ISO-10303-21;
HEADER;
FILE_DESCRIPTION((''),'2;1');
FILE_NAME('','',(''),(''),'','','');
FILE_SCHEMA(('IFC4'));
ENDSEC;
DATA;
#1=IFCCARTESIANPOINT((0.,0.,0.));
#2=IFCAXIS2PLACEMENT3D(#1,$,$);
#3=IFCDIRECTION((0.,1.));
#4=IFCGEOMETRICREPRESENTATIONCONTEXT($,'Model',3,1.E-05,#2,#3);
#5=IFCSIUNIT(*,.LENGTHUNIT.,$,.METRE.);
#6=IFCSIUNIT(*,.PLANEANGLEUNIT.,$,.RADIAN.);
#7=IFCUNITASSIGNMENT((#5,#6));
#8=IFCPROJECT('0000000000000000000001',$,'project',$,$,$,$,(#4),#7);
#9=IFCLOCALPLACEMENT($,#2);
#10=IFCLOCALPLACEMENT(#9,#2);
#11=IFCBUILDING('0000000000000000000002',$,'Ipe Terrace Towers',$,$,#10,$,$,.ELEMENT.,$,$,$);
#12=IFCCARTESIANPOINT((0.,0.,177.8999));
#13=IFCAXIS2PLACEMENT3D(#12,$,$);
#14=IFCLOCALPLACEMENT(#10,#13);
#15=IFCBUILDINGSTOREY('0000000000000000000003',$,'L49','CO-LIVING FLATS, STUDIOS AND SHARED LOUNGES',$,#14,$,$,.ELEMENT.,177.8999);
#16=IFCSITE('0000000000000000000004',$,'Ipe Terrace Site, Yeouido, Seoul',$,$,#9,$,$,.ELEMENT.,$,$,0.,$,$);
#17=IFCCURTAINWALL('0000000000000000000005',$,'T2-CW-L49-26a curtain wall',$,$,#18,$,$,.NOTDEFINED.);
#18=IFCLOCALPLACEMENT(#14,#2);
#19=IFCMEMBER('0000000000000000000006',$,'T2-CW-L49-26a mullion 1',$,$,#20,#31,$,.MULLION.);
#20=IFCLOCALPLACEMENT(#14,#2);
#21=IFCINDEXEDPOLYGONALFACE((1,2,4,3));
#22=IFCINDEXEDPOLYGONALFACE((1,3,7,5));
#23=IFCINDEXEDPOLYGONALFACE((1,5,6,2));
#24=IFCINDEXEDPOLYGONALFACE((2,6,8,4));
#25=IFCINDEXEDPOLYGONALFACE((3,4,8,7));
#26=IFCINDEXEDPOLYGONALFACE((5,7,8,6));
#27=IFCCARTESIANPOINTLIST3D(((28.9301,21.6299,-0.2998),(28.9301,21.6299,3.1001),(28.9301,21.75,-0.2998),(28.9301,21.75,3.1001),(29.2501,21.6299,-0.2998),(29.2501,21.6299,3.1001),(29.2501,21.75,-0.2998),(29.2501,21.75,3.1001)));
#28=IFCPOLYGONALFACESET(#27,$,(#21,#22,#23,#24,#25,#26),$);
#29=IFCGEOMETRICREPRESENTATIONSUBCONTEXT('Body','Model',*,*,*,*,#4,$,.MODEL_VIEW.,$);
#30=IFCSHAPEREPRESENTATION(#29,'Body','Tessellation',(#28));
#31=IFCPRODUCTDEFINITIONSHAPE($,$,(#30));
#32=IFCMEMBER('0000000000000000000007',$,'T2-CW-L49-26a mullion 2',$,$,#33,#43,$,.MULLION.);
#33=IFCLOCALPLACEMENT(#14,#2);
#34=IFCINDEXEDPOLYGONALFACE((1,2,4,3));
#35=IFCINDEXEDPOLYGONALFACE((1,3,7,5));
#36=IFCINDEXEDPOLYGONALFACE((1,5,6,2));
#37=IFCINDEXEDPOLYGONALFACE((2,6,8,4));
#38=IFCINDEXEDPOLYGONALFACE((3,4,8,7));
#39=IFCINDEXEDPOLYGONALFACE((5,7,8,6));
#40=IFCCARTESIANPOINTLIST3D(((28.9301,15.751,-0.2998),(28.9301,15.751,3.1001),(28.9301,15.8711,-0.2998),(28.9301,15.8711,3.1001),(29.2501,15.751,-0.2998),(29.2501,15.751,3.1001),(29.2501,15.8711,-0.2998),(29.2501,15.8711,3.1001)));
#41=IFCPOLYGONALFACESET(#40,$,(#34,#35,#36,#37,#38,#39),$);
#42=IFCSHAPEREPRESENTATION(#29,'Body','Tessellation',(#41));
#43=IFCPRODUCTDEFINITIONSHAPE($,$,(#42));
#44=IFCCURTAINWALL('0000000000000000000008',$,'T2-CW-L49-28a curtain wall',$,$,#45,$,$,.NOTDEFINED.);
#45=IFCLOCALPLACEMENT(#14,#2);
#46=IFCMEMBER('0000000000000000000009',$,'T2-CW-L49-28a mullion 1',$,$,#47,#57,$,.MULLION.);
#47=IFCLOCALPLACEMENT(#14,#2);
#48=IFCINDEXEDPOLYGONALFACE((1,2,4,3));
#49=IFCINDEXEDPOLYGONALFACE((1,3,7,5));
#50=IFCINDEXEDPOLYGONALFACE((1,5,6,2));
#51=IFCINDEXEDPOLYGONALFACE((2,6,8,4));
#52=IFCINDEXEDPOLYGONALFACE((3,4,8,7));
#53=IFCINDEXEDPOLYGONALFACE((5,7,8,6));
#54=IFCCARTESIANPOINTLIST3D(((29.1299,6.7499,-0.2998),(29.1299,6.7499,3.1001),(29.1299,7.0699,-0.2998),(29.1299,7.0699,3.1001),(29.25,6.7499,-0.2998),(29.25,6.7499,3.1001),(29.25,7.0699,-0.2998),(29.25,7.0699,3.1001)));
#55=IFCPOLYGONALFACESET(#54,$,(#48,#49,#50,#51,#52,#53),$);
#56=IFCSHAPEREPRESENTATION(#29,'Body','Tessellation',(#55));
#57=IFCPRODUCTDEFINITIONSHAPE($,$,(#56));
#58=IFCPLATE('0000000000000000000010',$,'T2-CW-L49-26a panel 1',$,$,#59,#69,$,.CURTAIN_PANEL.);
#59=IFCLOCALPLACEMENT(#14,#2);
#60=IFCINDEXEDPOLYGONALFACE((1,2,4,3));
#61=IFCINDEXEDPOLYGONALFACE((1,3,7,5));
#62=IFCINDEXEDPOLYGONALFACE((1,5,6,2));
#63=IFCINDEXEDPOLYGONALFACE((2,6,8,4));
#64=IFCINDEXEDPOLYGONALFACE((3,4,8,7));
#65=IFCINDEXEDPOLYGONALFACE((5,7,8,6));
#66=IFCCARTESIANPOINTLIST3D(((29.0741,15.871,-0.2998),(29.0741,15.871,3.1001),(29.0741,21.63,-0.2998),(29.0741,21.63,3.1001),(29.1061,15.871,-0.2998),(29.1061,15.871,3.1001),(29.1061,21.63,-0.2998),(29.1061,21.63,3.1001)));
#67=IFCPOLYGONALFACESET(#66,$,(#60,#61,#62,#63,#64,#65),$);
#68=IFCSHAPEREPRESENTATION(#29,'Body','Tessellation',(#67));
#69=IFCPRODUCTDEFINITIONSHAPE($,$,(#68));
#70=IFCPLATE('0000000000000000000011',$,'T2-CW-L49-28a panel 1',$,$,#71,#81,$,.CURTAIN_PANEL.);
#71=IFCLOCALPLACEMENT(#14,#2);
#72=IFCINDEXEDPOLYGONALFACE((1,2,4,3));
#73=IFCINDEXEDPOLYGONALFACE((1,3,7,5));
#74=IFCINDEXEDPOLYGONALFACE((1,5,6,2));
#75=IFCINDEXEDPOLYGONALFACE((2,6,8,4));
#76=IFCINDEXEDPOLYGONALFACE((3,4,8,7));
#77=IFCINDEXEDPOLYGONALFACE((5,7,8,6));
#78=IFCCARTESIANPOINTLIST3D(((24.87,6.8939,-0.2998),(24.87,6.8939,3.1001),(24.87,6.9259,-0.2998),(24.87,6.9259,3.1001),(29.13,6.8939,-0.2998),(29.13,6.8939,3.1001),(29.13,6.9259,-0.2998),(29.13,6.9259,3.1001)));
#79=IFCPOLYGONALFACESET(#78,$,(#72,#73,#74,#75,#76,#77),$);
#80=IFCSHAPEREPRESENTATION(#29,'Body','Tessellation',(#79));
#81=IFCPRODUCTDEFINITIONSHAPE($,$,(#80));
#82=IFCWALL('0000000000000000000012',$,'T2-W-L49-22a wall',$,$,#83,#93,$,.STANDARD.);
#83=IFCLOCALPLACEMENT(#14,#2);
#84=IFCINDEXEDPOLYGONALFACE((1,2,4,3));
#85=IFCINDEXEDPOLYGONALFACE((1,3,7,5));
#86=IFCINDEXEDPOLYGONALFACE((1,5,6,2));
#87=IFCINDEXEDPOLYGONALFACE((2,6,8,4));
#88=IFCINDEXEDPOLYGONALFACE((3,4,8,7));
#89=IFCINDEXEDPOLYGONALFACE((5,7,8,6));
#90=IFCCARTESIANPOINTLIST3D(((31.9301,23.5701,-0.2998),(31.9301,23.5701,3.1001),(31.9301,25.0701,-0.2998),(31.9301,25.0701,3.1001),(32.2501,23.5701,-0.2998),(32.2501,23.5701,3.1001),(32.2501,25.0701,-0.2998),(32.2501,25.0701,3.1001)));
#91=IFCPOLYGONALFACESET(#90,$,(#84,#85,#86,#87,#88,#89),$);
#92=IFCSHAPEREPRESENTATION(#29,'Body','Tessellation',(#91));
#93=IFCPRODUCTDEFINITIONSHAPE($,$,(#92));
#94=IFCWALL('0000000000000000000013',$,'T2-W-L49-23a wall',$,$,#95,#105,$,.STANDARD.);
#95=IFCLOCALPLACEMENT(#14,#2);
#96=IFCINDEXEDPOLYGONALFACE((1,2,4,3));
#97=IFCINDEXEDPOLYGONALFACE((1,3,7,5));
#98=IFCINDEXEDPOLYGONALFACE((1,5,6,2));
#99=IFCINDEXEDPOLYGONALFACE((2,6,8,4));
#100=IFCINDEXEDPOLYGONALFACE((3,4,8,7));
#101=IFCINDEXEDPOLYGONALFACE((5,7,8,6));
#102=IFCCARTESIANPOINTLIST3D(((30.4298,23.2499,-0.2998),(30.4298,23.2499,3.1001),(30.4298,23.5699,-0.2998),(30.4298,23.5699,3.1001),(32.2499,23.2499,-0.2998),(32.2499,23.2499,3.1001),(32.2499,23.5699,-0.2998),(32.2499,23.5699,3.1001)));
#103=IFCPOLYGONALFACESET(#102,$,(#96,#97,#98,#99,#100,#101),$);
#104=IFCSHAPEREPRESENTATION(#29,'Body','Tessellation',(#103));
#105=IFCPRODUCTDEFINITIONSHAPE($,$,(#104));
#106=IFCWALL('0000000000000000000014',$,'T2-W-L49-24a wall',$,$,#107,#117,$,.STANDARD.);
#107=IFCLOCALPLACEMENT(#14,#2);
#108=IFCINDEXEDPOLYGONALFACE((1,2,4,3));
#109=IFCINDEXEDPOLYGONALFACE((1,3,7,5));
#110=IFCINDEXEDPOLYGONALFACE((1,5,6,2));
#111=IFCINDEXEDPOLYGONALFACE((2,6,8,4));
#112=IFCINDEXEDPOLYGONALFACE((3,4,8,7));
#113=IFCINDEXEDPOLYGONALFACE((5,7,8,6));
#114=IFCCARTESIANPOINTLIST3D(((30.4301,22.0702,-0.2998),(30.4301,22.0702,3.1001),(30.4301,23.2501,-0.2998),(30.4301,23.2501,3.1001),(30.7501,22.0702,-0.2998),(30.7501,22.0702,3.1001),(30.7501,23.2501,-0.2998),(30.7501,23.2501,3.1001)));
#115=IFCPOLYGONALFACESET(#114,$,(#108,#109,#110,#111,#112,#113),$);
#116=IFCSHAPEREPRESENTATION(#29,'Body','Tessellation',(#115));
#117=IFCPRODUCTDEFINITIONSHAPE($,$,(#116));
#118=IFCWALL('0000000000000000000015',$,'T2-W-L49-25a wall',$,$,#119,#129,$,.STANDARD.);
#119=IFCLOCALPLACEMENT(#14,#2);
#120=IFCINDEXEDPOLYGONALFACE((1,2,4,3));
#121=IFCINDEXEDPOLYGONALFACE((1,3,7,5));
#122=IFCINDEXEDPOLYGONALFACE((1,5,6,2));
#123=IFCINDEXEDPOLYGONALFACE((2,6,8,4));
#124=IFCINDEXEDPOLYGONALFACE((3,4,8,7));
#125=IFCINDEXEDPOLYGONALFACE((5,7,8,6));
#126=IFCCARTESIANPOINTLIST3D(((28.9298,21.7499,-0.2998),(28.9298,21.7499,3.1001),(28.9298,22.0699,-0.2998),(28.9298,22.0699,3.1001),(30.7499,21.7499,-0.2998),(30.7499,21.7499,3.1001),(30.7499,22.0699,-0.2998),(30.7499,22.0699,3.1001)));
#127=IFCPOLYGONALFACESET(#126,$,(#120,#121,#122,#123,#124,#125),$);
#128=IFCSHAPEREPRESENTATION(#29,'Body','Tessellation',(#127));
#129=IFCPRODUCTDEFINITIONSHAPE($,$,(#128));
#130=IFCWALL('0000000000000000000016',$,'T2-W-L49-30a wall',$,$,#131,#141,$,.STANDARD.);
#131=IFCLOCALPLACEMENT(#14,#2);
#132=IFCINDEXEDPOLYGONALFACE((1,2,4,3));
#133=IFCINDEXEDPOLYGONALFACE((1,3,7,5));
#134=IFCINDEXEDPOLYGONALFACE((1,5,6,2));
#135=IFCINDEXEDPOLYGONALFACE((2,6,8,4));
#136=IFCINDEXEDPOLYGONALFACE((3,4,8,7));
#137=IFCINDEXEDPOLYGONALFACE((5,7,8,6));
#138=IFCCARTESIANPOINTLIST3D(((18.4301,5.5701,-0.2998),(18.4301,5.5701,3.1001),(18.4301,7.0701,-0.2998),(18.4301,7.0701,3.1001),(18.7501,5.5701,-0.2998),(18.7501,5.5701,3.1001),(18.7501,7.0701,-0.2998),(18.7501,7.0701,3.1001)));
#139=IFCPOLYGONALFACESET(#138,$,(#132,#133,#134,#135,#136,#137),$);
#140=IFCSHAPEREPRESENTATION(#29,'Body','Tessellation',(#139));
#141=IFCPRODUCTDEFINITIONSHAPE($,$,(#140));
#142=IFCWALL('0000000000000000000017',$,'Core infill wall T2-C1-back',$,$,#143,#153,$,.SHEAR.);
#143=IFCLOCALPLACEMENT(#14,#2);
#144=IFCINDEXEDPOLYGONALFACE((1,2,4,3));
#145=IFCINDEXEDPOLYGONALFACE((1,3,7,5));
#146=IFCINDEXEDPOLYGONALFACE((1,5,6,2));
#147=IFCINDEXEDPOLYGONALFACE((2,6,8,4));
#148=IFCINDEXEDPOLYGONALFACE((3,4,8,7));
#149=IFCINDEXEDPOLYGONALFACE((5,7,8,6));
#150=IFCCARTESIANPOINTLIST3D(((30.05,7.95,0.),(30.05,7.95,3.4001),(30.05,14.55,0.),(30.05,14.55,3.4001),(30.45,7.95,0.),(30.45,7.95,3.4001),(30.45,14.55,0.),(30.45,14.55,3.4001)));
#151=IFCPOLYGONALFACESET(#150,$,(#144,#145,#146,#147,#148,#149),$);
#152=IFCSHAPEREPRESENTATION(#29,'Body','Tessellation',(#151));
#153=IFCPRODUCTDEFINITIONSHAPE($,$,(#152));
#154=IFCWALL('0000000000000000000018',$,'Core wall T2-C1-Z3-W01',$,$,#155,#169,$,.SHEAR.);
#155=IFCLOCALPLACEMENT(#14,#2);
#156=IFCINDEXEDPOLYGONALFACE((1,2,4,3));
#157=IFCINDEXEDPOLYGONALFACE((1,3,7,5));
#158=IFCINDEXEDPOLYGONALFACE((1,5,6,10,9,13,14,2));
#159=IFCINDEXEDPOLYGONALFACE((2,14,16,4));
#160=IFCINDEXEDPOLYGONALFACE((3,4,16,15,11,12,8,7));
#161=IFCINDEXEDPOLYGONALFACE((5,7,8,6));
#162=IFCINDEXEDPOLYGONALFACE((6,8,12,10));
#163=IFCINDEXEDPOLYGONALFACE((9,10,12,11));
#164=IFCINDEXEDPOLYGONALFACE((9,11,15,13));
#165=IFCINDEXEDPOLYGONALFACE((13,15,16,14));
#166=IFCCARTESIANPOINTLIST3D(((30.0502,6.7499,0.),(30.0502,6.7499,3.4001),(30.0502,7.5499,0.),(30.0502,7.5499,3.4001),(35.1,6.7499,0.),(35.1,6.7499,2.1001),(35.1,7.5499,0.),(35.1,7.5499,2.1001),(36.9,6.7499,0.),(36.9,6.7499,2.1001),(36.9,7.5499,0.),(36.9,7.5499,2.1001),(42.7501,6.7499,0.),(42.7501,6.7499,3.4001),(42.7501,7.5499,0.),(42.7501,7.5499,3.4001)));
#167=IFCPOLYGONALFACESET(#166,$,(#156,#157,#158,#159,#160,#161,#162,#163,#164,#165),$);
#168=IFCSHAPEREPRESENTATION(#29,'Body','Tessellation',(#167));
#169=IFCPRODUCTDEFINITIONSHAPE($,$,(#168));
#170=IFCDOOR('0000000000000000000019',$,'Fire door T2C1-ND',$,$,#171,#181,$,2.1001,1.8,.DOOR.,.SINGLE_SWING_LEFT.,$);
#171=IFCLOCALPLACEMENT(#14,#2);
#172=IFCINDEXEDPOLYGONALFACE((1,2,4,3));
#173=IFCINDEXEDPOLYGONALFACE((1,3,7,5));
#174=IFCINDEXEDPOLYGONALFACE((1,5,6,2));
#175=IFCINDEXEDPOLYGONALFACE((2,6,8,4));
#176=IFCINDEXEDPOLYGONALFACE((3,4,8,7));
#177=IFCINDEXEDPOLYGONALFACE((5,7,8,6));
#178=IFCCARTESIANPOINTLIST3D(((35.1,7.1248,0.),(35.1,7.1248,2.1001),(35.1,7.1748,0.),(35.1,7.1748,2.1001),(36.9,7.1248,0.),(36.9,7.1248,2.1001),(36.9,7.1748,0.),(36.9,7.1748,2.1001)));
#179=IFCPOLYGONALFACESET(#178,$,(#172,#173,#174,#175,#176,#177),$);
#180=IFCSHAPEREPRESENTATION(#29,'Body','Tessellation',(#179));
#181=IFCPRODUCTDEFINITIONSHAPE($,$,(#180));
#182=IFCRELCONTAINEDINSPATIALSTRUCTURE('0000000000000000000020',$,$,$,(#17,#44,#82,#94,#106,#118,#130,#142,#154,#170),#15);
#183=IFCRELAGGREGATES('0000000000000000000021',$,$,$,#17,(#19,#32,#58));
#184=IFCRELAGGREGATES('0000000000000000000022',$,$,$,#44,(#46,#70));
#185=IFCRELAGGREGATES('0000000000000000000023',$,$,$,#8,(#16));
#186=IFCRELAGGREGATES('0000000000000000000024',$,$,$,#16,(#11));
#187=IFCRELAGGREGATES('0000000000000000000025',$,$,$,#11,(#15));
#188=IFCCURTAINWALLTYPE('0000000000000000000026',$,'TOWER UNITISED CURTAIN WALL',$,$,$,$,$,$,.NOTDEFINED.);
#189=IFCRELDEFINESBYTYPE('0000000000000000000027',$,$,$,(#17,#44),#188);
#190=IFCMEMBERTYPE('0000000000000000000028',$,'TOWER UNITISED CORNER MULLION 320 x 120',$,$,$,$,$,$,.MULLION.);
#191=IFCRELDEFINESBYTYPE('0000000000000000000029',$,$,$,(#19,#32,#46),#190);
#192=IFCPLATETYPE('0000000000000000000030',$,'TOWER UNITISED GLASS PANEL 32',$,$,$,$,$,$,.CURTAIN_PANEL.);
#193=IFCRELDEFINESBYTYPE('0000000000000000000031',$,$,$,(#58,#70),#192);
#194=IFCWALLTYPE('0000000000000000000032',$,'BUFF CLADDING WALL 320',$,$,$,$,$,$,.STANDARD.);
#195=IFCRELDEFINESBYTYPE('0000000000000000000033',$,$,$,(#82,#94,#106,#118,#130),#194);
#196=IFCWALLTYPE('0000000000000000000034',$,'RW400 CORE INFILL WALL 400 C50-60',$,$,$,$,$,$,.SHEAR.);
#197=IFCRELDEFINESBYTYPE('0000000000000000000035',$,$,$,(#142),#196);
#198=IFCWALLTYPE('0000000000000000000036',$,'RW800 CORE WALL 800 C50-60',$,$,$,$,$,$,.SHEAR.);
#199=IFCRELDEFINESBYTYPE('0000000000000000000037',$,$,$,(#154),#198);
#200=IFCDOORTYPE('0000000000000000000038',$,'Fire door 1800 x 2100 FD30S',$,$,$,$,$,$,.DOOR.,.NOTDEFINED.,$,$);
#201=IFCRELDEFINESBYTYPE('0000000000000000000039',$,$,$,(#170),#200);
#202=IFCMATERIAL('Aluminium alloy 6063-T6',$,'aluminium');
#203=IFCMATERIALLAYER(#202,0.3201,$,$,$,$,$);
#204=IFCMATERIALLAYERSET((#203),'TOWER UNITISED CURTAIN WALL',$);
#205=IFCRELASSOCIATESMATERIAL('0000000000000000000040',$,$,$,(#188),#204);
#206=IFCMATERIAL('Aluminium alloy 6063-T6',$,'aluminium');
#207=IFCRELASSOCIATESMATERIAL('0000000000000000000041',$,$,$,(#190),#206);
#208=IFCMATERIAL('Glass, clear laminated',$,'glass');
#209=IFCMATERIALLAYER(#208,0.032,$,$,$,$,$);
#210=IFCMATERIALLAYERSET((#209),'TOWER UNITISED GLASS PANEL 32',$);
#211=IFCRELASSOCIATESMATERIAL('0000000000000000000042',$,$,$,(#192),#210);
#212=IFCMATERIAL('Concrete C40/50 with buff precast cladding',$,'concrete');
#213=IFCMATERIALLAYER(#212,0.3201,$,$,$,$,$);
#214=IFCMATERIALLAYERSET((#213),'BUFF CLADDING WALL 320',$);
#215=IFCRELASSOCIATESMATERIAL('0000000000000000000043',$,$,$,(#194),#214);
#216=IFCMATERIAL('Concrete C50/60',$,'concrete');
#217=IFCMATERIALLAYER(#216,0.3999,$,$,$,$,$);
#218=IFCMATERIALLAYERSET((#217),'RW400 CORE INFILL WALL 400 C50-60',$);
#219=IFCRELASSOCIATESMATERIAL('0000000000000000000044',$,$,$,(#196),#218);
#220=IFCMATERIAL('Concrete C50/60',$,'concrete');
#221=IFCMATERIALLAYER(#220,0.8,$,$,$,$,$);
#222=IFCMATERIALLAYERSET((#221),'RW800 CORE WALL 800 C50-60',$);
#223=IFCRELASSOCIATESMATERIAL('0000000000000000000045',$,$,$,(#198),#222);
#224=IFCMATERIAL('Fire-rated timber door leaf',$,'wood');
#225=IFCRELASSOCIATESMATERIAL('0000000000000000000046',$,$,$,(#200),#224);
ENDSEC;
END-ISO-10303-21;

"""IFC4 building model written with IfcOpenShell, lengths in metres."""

from ifc_helpers import new_model, si_unit, direction, frame, frame_2d, origin, origin_2d, place, context, subcontext, project, spatial, rectangle, extrude, material, layer, layer_set, material_profile, profile_set, type_object, element, fill, aggregate, save


model = new_model("IFC4")

# Units and contexts
model_context = context("Model", 3, precision=1e-05, world=origin(), true_north=direction((0.0, 1.0)))
body_context = subcontext(model_context, "Body", "Model", "MODEL_VIEW")
ifc_project = project(units=[si_unit("LENGTHUNIT", "METRE"), si_unit("PLANEANGLEUNIT", "RADIAN")], contexts=[model_context])

# Site, building, storey
site_placement = place(None, origin())
site = spatial("IfcSite", under=ifc_project, at=site_placement, Name="Ipe Terrace Site, Yeouido, Seoul", CompositionType="ELEMENT", RefElevation=0.0)
building_placement = place(site_placement, origin())
building = spatial("IfcBuilding", under=site, at=building_placement, Name="Ipe Terrace Towers", CompositionType="ELEMENT")
storey_placement = place(building_placement, frame((0.0, 0.0, 177.8999)))
storey = spatial("IfcBuildingStorey", under=building, at=storey_placement, Name="L49", Description="CO-LIVING FLATS, STUDIOS AND SHARED LOUNGES", CompositionType="ELEMENT", Elevation=177.8999)

# Shared definitions
ifc_material_1 = material(Name="Aluminium alloy 6063-T6", Category="aluminium")
ifc_layer_1 = layer(ifc_material_1, 0.3201)
ifc_layer_set_1 = layer_set([ifc_layer_1], Name="TOWER UNITISED CURTAIN WALL")
curtain_wall_type = type_object("IfcCurtainWallType", Name="TOWER UNITISED CURTAIN WALL", PredefinedType="NOTDEFINED", material=ifc_layer_set_1)
ifc_material_2 = material(Name="Aluminium alloy 6063-T6", Category="aluminium")
ifc_material_profile_1 = material_profile(ifc_material_2, rectangle(XDim=0.3201, YDim=0.1201, at=origin_2d()), Name="TOWER UNITISED CORNER MULLION 320 x 120")
ifc_profile_set_1 = profile_set([ifc_material_profile_1], Name="Aluminium alloy 6063-T6")
member_type = type_object("IfcMemberType", Name="TOWER UNITISED CORNER MULLION 320 x 120", PredefinedType="MULLION", material=ifc_profile_set_1)

# Curtain wall, members
curtain_wall_1_placement = place(storey_placement, origin())
curtain_wall_1 = element("IfcCurtainWall", 1, at=curtain_wall_1_placement, inside=storey, type_object=curtain_wall_type, Name="T2-CW-L49-26a curtain wall", PredefinedType="NOTDEFINED")
member_1_placement = place(storey_placement, frame((29.0901, 21.6899, -0.2998), z_axis=(0.0, 0.0, 1.0), x_axis=(-1.0, 0.0, 0.0)))
member_1 = element("IfcMember", 2, at=member_1_placement, type_object=member_type, Name="T2-CW-L49-26a mullion 1", PredefinedType="MULLION", context=body_context, shape_type="SweptSolid", body=[
    extrude(rectangle(XDim=0.3201, YDim=0.1201, at=origin_2d()), origin(), (0.0, 0.0, 1.0), 3.3999),
])
member_2_placement = place(storey_placement, frame((29.0901, 15.811, -0.2998), z_axis=(0.0, 0.0, 1.0), x_axis=(-1.0, 0.0, 0.0)))
member_2 = element("IfcMember", 3, at=member_2_placement, type_object=member_type, Name="T2-CW-L49-26a mullion 2", PredefinedType="MULLION", context=body_context, shape_type="SweptSolid", body=[
    extrude(rectangle(XDim=0.3201, YDim=0.1201, at=origin_2d()), origin(), (0.0, 0.0, 1.0), 3.3999),
])

# Curtain wall, member
curtain_wall_2_placement = place(storey_placement, origin())
curtain_wall_2 = element("IfcCurtainWall", 4, at=curtain_wall_2_placement, inside=storey, type_object=curtain_wall_type, Name="T2-CW-L49-28a curtain wall", PredefinedType="NOTDEFINED")
member_3_placement = place(storey_placement, frame((29.1899, 6.9099, -0.2998), z_axis=(0.0, 0.0, 1.0), x_axis=(0.0, 1.0, 0.0)))
member_3 = element("IfcMember", 5, at=member_3_placement, type_object=member_type, Name="T2-CW-L49-28a mullion 1", PredefinedType="MULLION", context=body_context, shape_type="SweptSolid", body=[
    extrude(rectangle(XDim=0.3201, YDim=0.1201, at=origin_2d()), origin(), (0.0, 0.0, 1.0), 3.3999),
])

# Plates
ifc_material_3 = material(Name="Glass, clear laminated", Category="glass")
ifc_layer_2 = layer(ifc_material_3, 0.032)
ifc_layer_set_2 = layer_set([ifc_layer_2], Name="TOWER UNITISED GLASS PANEL 32")
plate_type = type_object("IfcPlateType", Name="TOWER UNITISED GLASS PANEL 32", PredefinedType="CURTAIN_PANEL", material=ifc_layer_set_2)
plate_1_placement = place(storey_placement, frame((29.0901, 18.7505, -0.2998), z_axis=(0.0, 0.0, 1.0), x_axis=(0.0, -1.0, 0.0)))
plate_1 = element("IfcPlate", 6, at=plate_1_placement, type_object=plate_type, Name="T2-CW-L49-26a panel 1", PredefinedType="CURTAIN_PANEL", context=body_context, shape_type="SweptSolid", body=[
    extrude(rectangle(XDim=5.759, YDim=0.032, at=origin_2d()), origin(), (0.0, 0.0, 1.0), 3.3999),
])
aggregate(curtain_wall_1, [member_1, member_2, plate_1])
plate_2_placement = place(storey_placement, frame((27.0, 6.9099, -0.2998), z_axis=(0.0, 0.0, 1.0), x_axis=(-1.0, 0.0, 0.0)))
plate_2 = element("IfcPlate", 7, at=plate_2_placement, type_object=plate_type, Name="T2-CW-L49-28a panel 1", PredefinedType="CURTAIN_PANEL", context=body_context, shape_type="SweptSolid", body=[
    extrude(rectangle(XDim=4.26, YDim=0.032, at=origin_2d()), origin(), (0.0, 0.0, 1.0), 3.3999),
])
aggregate(curtain_wall_2, [member_3, plate_2])

# Walls
ifc_material_4 = material(Name="Concrete C40/50 with buff precast cladding", Category="concrete")
ifc_layer_3 = layer(ifc_material_4, 0.3201)
ifc_layer_set_3 = layer_set([ifc_layer_3], Name="BUFF CLADDING WALL 320")
wall_type_1 = type_object("IfcWallType", Name="BUFF CLADDING WALL 320", PredefinedType="STANDARD", material=ifc_layer_set_3)
wall_1_placement = place(storey_placement, frame((32.0901, 25.0701, -0.2998), z_axis=(0.0, 0.0, 1.0), x_axis=(0.0, -1.0, 0.0)))
element("IfcWall", 8, at=wall_1_placement, inside=storey, type_object=wall_type_1, Name="T2-W-L49-22a wall", PredefinedType="STANDARD", context=body_context, shape_type="SweptSolid", body=[
    extrude(rectangle(XDim=1.5, YDim=0.3201, at=frame_2d((0.75, 0.0))), origin(), (0.0, 0.0, 1.0), 3.3999),
])
wall_2_placement = place(storey_placement, frame((32.25, 23.4099, -0.2998), z_axis=(0.0, 0.0, 1.0), x_axis=(-1.0, 0.0, 0.0)))
element("IfcWall", 9, at=wall_2_placement, inside=storey, type_object=wall_type_1, Name="T2-W-L49-23a wall", PredefinedType="STANDARD", context=body_context, shape_type="SweptSolid", body=[
    extrude(rectangle(XDim=1.8201, YDim=0.3201, at=frame_2d((0.9102, 0.0))), origin(), (0.0, 0.0, 1.0), 3.3999),
])
wall_3_placement = place(storey_placement, frame((30.5901, 23.25, -0.2998), z_axis=(0.0, 0.0, 1.0), x_axis=(0.0, -1.0, 0.0)))
element("IfcWall", 10, at=wall_3_placement, inside=storey, type_object=wall_type_1, Name="T2-W-L49-24a wall", PredefinedType="STANDARD", context=body_context, shape_type="SweptSolid", body=[
    extrude(rectangle(XDim=1.1799, YDim=0.3201, at=frame_2d((0.5898, 0.0))), origin(), (0.0, 0.0, 1.0), 3.3999),
])
wall_4_placement = place(storey_placement, frame((30.75, 21.9099, -0.2998), z_axis=(0.0, 0.0, 1.0), x_axis=(-1.0, 0.0, 0.0)))
element("IfcWall", 11, at=wall_4_placement, inside=storey, type_object=wall_type_1, Name="T2-W-L49-25a wall", PredefinedType="STANDARD", context=body_context, shape_type="SweptSolid", body=[
    extrude(rectangle(XDim=1.8201, YDim=0.3201, at=frame_2d((0.9102, 0.0))), origin(), (0.0, 0.0, 1.0), 3.3999),
])
wall_5_placement = place(storey_placement, frame((18.5901, 7.0701, -0.2998), z_axis=(0.0, 0.0, 1.0), x_axis=(0.0, -1.0, 0.0)))
element("IfcWall", 12, at=wall_5_placement, inside=storey, type_object=wall_type_1, Name="T2-W-L49-30a wall", PredefinedType="STANDARD", context=body_context, shape_type="SweptSolid", body=[
    extrude(rectangle(XDim=1.5, YDim=0.3201, at=frame_2d((0.75, 0.0))), origin(), (0.0, 0.0, 1.0), 3.3999),
])
ifc_material_5 = material(Name="Concrete C50/60", Category="concrete")
ifc_layer_4 = layer(ifc_material_5, 0.3999)
ifc_layer_set_4 = layer_set([ifc_layer_4], Name="RW400 CORE INFILL WALL 400 C50-60")
wall_type_2 = type_object("IfcWallType", Name="RW400 CORE INFILL WALL 400 C50-60", PredefinedType="SHEAR", material=ifc_layer_set_4)
wall_6_placement = place(storey_placement, frame((30.25, 7.95, 0.0), z_axis=(0.0, 0.0, 1.0), x_axis=(0.0, 1.0, 0.0)))
element("IfcWall", 13, at=wall_6_placement, inside=storey, type_object=wall_type_2, Name="Core infill wall T2-C1-back", PredefinedType="SHEAR", context=body_context, shape_type="SweptSolid", body=[
    extrude(rectangle(XDim=6.6001, YDim=0.3999, at=frame_2d((3.3, 0.0))), origin(), (0.0, 0.0, 1.0), 3.4001),
])

# Wall, opening, door
ifc_material_6 = material(Name="Concrete C50/60", Category="concrete")
ifc_layer_5 = layer(ifc_material_6, 0.8)
ifc_layer_set_5 = layer_set([ifc_layer_5], Name="RW800 CORE WALL 800 C50-60")
wall_type_3 = type_object("IfcWallType", Name="RW800 CORE WALL 800 C50-60", PredefinedType="SHEAR", material=ifc_layer_set_5)
wall_7_placement = place(storey_placement, frame((30.05, 7.1499, 0.0), z_axis=(0.0, 0.0, 1.0), x_axis=(1.0, 0.0, 0.0)))
wall_7 = element("IfcWall", 14, at=wall_7_placement, inside=storey, type_object=wall_type_3, Name="Core wall T2-C1-Z3-W01", PredefinedType="SHEAR", context=body_context, shape_type="SweptSolid", body=[
    extrude(rectangle(XDim=12.7, YDim=0.8, at=frame_2d((6.3501, 0.0))), origin(), (0.0, 0.0, 1.0), 3.4001),
])
opening_placement = place(wall_7_placement, frame((5.05, 0.0, 0.0)))
opening = element("IfcOpeningElement", 15, at=opening_placement, cuts=wall_7, PredefinedType="OPENING", context=body_context, shape_type="SweptSolid", body=[
    extrude(rectangle(XDim=1.8, YDim=2.1001, at=frame_2d((0.8999, 1.05))), frame((0.0, 0.4102, 0.0), z_axis=(0.0, -1.0, 0.0), x_axis=(1.0, 0.0, 0.0)), (0.0, 0.0, 1.0), 0.8201),
])
ifc_material_7 = material(Name="Fire-rated timber door leaf", Category="wood")
door_type = type_object("IfcDoorType", Name="Fire door 1800 x 2100 FD30S", OperationType="NOTDEFINED", PredefinedType="DOOR", material=ifc_material_7)
door_placement = place(opening_placement, origin())
door = element("IfcDoor", 16, at=door_placement, inside=storey, type_object=door_type, Name="Fire door T2C1-ND", OperationType="SINGLE_SWING_LEFT", OverallHeight=2.1001, OverallWidth=1.8, PredefinedType="DOOR", context=body_context, shape_type="SweptSolid", body=[
    extrude(rectangle(XDim=1.8, YDim=2.1001, at=frame_2d((0.8999, 1.05))), frame((0.0, 0.0249, 0.0), z_axis=(0.0, -1.0, 0.0), x_axis=(1.0, 0.0, 0.0)), (0.0, 0.0, 1.0), 0.05),
])
fill(opening, door)

save(model, "model.ifc")
